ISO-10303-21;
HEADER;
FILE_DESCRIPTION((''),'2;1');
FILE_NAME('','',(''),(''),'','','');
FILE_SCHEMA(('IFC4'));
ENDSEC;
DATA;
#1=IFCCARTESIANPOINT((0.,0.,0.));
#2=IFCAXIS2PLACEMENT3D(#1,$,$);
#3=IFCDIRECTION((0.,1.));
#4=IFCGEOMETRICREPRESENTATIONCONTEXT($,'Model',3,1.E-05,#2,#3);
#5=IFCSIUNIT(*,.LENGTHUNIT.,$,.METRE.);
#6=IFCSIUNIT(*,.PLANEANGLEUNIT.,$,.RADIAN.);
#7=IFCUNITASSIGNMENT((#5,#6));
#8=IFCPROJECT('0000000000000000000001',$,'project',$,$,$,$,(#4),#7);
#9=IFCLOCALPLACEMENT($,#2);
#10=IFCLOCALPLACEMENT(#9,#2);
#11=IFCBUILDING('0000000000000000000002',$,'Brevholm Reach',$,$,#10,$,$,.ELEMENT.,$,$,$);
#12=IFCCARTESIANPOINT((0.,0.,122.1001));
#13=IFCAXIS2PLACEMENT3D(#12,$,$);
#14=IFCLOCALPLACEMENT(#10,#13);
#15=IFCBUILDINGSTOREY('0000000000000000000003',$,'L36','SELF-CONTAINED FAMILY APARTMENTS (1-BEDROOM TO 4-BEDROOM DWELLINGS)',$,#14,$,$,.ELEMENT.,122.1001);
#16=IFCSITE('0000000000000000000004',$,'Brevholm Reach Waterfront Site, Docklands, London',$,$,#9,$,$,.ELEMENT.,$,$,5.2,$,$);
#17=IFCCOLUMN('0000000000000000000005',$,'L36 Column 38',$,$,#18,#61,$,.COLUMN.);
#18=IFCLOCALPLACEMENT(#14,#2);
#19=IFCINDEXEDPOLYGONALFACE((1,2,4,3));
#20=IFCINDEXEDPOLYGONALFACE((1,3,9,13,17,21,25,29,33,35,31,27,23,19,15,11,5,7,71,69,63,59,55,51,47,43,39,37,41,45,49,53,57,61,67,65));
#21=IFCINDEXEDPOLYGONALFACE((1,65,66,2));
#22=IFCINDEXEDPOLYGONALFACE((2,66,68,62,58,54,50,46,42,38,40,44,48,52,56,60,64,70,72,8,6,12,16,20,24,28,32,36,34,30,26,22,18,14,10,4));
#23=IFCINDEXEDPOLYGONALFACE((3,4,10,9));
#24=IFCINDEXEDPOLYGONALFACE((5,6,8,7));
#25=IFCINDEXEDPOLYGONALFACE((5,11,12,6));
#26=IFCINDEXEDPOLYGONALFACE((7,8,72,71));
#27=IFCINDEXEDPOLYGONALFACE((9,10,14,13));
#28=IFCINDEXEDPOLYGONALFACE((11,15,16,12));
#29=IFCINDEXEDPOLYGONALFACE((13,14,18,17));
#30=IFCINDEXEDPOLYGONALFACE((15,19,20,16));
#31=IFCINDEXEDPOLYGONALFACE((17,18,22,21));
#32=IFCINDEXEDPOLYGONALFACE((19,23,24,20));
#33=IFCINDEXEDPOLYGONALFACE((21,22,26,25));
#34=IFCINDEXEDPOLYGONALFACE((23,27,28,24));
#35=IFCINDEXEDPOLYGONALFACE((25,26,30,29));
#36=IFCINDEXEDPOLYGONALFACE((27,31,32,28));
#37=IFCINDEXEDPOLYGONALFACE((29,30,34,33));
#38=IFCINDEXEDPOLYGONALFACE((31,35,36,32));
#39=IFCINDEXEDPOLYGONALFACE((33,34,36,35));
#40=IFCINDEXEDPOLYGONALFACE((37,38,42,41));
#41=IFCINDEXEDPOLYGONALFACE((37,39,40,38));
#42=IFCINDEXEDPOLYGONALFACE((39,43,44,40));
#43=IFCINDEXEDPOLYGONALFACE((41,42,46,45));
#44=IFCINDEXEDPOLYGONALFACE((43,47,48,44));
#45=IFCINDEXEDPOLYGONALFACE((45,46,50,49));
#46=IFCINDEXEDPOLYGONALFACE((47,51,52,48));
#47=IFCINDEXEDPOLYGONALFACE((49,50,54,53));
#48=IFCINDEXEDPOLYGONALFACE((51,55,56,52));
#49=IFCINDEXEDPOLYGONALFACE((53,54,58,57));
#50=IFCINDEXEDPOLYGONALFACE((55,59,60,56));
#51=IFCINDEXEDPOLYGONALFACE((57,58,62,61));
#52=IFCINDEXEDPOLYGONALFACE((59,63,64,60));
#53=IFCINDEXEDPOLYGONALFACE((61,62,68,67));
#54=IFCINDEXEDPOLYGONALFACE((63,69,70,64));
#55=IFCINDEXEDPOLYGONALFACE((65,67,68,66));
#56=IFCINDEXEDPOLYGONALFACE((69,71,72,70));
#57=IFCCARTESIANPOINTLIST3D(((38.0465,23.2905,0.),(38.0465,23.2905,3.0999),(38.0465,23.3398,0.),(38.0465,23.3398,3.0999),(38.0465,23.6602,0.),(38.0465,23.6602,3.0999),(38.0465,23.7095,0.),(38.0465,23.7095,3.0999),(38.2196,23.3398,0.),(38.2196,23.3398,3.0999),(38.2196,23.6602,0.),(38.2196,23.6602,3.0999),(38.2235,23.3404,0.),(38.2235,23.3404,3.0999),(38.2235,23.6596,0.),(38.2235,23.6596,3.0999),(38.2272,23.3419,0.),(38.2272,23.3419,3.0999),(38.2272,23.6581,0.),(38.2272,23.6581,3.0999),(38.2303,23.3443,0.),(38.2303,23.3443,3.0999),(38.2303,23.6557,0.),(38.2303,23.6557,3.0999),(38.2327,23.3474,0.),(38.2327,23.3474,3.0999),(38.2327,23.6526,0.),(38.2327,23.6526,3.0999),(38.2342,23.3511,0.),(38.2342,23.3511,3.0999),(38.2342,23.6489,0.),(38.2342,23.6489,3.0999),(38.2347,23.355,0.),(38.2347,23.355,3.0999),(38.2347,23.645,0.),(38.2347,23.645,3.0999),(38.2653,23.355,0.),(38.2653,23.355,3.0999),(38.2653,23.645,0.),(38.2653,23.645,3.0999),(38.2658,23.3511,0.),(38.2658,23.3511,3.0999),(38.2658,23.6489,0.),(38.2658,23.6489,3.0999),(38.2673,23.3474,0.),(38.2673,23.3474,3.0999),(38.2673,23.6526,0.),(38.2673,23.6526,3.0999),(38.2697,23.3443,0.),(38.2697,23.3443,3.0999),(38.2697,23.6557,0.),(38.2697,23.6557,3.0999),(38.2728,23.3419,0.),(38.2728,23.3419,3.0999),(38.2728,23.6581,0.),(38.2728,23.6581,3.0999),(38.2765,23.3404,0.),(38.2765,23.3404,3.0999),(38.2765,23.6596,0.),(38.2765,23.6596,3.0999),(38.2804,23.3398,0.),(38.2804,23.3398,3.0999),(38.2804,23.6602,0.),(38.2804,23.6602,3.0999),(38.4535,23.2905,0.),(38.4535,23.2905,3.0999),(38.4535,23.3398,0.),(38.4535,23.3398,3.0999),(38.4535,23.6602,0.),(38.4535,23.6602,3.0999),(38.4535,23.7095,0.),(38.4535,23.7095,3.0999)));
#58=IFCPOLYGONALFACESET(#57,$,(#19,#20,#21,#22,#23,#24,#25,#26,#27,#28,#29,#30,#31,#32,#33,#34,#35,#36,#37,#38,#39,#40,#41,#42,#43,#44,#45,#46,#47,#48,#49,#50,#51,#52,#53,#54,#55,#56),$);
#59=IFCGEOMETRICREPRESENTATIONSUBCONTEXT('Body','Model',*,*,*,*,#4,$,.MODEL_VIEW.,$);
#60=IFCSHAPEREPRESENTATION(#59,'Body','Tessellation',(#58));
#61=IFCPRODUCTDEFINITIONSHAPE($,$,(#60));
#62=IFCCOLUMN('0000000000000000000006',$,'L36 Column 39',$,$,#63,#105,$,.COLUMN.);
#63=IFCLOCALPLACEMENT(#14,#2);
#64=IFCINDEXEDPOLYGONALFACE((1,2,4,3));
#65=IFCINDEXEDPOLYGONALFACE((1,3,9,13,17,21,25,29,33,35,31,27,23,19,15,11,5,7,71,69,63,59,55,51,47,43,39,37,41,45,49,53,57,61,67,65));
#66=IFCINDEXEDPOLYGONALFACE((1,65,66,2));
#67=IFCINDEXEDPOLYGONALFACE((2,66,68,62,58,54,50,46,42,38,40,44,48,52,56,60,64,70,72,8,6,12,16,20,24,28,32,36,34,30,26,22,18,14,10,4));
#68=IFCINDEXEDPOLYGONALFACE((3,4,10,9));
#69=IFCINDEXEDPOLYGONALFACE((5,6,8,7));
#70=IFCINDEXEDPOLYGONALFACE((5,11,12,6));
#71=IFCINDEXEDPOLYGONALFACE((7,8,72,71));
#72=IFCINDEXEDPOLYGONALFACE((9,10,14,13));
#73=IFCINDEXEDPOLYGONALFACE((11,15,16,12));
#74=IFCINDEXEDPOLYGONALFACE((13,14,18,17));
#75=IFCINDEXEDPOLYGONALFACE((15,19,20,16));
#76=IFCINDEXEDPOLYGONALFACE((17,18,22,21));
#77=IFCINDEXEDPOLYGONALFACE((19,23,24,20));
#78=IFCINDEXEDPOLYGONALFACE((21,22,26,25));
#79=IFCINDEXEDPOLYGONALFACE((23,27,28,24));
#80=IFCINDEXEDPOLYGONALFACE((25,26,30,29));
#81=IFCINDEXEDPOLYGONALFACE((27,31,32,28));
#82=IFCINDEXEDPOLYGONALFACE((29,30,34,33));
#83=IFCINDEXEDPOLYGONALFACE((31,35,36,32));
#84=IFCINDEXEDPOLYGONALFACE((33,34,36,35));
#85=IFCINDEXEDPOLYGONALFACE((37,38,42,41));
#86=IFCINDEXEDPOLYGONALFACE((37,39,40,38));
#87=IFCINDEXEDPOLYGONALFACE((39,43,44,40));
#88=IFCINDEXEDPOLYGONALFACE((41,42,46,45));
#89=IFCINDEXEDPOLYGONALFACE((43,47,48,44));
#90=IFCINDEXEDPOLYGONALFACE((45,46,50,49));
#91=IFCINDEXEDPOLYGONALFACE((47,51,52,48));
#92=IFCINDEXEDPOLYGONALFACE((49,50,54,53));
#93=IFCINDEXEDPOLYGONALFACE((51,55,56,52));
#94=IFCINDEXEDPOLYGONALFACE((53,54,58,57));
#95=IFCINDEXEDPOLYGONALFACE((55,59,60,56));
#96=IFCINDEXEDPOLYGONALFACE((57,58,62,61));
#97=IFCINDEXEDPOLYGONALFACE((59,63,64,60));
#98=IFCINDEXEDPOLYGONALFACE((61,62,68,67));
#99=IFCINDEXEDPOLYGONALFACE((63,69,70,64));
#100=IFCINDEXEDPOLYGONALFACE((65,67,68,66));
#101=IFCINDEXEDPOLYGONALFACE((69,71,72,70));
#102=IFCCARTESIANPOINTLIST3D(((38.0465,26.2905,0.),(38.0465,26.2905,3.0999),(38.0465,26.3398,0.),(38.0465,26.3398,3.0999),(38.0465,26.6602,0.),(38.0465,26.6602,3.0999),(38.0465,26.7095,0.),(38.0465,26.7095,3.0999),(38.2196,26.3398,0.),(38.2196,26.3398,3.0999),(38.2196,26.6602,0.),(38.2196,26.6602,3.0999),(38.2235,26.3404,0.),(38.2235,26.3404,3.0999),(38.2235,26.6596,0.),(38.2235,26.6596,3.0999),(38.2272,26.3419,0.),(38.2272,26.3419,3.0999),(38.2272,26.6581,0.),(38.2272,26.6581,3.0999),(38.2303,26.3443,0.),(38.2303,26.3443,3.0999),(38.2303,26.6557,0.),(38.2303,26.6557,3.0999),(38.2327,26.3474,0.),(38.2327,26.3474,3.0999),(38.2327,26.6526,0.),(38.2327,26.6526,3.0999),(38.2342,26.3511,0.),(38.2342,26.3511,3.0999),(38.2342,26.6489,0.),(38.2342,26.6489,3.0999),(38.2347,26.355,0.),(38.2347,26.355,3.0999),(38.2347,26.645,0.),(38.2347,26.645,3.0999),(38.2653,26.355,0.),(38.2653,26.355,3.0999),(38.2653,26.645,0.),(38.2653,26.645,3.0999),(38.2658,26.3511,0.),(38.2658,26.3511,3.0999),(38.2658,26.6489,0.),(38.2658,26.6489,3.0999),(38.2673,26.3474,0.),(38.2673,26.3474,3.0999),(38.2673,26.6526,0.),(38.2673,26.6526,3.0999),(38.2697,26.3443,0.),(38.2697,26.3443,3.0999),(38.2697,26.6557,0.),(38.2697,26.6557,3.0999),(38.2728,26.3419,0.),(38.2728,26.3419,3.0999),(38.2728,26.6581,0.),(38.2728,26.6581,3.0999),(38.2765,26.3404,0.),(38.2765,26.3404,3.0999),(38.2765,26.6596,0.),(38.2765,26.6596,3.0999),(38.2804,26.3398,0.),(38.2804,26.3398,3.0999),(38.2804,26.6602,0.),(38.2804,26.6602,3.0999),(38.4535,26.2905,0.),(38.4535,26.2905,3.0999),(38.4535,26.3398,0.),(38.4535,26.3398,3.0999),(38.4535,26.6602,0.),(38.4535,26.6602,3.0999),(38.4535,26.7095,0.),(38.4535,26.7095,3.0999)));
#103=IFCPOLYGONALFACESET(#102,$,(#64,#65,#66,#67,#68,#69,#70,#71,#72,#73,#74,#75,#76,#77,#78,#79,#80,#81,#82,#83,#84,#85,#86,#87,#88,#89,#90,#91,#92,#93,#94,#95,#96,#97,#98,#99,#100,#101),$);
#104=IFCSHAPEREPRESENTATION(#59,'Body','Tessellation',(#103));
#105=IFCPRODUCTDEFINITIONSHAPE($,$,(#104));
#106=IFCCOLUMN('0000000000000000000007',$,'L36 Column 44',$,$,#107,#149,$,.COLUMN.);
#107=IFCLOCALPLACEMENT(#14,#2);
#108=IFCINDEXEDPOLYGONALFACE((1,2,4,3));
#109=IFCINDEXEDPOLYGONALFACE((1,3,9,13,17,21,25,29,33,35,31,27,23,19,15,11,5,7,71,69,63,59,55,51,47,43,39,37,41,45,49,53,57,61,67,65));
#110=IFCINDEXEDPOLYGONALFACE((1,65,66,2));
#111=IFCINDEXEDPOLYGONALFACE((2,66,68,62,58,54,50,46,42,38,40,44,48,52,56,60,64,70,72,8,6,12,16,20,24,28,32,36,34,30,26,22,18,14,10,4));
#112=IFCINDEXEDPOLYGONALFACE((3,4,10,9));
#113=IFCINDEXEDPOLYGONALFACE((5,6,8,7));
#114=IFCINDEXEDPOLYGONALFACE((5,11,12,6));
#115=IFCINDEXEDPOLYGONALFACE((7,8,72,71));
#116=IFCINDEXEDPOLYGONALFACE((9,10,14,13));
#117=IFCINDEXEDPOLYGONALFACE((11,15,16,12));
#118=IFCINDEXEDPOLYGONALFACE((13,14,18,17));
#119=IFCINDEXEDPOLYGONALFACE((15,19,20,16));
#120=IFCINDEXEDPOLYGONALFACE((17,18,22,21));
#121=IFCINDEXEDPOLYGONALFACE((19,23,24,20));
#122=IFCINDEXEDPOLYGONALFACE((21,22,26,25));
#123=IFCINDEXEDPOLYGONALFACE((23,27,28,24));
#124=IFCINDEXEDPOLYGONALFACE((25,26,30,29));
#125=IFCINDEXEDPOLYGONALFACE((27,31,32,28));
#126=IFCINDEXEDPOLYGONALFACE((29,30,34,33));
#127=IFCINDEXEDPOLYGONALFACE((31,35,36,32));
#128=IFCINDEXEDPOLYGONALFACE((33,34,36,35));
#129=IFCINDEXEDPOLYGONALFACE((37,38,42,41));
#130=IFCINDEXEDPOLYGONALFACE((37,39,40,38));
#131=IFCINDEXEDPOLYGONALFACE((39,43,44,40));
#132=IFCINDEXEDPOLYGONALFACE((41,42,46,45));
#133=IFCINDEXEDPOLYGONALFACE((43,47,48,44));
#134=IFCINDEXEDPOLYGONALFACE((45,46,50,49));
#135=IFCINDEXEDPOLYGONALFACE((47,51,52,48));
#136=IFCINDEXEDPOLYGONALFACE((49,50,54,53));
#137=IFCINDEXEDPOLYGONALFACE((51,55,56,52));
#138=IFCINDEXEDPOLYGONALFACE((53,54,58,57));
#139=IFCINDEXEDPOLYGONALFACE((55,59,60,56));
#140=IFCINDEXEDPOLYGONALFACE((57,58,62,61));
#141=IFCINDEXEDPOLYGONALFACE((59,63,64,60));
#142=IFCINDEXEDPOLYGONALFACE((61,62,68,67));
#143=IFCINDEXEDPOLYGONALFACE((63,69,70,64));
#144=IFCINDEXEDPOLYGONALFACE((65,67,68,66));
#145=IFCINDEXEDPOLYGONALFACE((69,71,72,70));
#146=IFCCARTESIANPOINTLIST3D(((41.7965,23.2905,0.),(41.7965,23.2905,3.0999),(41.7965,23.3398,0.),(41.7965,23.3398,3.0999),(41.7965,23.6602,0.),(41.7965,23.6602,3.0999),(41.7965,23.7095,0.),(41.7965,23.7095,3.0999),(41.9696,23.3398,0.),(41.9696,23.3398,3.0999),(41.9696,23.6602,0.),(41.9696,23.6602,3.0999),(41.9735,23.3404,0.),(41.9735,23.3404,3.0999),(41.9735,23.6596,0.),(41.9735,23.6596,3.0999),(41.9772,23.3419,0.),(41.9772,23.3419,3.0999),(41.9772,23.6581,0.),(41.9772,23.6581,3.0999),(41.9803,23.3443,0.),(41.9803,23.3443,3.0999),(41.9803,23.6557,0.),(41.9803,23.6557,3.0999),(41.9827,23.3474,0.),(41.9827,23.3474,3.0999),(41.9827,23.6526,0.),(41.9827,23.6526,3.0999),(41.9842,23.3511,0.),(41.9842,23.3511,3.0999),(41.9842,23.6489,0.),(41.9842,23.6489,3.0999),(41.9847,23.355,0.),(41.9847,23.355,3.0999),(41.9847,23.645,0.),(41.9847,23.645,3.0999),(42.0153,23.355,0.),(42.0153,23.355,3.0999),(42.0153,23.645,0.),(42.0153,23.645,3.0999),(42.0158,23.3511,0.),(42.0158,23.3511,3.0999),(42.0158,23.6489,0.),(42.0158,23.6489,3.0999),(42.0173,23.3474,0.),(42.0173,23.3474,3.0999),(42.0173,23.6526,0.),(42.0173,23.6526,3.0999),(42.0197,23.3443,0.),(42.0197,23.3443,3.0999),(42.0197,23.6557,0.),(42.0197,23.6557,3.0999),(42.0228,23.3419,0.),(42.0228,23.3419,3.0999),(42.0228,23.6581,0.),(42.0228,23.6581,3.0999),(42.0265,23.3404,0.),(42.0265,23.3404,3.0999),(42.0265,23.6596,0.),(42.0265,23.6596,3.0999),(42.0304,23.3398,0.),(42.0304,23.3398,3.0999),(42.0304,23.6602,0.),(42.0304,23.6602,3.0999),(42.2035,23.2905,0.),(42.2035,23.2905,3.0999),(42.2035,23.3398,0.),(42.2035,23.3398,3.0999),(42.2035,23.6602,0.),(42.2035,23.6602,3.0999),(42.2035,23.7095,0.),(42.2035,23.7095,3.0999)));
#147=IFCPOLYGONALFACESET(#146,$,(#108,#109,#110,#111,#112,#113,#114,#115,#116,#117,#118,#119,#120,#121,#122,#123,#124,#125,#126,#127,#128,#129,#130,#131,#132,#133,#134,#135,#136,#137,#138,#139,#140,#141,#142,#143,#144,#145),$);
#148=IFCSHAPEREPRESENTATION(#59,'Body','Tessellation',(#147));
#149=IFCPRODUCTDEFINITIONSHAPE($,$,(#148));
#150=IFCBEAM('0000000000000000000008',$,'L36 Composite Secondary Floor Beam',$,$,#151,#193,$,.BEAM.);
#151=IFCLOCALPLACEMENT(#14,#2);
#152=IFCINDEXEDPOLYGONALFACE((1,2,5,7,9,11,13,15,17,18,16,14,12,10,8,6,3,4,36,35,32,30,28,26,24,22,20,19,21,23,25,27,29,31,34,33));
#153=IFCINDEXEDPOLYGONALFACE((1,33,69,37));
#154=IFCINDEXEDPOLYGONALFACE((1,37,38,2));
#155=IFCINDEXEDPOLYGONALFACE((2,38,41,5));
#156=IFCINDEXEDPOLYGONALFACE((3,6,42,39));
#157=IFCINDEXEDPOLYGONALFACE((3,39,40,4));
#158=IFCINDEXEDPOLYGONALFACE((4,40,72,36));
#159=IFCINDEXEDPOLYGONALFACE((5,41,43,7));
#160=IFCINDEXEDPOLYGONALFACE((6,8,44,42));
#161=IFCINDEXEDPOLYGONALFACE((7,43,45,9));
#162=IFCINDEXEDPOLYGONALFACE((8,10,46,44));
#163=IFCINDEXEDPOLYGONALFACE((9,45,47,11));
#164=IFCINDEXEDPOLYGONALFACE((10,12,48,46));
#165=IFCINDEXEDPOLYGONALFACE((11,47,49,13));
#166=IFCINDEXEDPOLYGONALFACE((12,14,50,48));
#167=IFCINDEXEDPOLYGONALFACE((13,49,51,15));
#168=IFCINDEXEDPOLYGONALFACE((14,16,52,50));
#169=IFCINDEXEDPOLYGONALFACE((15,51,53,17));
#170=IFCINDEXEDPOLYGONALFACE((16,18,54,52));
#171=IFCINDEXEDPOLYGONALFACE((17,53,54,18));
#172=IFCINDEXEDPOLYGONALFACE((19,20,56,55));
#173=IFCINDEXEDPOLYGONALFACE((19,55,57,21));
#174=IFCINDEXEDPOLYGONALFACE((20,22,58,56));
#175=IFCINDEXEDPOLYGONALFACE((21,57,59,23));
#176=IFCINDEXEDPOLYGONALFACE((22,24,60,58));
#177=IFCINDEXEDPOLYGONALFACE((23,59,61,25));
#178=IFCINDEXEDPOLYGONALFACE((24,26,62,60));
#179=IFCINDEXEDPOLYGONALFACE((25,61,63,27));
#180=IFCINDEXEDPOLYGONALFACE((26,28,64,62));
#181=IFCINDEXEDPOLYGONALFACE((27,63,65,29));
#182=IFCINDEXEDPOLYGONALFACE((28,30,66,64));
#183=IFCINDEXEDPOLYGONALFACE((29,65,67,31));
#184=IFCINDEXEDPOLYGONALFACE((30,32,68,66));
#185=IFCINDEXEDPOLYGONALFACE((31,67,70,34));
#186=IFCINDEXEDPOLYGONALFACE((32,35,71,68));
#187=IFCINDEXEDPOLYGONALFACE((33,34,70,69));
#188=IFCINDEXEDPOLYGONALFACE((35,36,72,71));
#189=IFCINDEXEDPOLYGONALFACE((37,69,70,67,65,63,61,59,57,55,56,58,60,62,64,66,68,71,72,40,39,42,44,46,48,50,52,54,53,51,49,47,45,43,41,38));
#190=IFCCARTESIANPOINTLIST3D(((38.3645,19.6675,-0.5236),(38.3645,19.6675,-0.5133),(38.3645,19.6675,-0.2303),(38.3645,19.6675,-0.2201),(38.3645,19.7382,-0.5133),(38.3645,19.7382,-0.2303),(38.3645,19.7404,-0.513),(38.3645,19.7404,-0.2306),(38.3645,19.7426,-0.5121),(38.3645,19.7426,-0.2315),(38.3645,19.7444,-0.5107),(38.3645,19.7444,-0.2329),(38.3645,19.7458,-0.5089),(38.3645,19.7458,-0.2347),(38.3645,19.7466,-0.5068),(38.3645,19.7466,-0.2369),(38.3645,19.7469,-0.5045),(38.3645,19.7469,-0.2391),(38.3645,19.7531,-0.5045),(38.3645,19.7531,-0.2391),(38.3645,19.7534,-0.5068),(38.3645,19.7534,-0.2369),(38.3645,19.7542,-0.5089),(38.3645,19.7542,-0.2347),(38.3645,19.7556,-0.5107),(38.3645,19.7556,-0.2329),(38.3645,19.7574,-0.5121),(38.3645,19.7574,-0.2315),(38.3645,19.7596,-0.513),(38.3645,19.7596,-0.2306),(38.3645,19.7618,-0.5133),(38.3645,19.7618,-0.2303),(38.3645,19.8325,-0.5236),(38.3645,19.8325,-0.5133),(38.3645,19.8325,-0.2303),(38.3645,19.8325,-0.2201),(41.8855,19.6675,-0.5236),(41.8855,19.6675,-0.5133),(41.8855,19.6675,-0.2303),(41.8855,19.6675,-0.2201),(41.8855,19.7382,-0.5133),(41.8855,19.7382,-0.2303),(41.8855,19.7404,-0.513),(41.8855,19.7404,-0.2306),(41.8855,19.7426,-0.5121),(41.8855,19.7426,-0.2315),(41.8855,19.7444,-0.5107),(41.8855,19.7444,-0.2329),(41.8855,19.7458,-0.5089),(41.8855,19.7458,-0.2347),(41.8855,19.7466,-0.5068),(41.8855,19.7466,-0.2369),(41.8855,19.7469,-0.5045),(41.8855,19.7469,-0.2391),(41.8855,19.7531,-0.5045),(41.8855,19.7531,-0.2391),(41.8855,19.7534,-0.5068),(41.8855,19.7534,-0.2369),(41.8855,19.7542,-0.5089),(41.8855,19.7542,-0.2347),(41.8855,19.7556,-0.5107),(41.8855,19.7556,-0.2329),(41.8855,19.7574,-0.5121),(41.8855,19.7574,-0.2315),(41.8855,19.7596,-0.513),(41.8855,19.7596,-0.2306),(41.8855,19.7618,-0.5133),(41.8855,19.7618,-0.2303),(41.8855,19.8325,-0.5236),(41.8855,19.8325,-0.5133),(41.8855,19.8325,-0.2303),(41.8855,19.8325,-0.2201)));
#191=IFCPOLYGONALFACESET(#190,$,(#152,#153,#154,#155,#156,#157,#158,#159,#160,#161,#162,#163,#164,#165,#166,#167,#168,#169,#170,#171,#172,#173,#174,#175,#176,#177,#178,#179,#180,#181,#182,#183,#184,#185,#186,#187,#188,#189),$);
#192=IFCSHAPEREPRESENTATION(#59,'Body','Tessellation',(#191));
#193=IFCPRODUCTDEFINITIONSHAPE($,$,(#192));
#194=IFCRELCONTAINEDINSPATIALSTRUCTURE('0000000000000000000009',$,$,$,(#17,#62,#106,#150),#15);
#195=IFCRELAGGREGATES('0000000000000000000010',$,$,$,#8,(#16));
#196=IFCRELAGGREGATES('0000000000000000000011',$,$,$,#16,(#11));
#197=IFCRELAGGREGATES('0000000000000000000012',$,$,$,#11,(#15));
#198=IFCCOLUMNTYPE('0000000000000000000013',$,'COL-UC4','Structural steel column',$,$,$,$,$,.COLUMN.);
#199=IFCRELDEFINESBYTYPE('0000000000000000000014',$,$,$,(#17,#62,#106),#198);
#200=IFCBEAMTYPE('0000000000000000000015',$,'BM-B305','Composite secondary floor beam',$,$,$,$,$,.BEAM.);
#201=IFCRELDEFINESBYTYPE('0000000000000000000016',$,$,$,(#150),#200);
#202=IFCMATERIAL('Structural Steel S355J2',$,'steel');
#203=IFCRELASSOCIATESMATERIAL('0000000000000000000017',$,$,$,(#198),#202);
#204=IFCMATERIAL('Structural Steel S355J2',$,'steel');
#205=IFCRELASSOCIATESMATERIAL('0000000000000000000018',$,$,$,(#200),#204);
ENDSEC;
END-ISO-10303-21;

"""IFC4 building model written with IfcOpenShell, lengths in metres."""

from ifc_helpers import new_model, si_unit, direction, frame, origin, origin_2d, place, context, subcontext, project, spatial, i_section, extrude, material, material_profile, profile_set, type_object, element, save


model = new_model("IFC4")

# Units and contexts
model_context = context("Model", 3, precision=1e-05, world=origin(), true_north=direction((0.0, 1.0)))
body_context = subcontext(model_context, "Body", "Model", "MODEL_VIEW")
ifc_project = project(units=[si_unit("LENGTHUNIT", "METRE"), si_unit("PLANEANGLEUNIT", "RADIAN")], contexts=[model_context])

# Site, building, storey
site_placement = place(None, origin())
site = spatial("IfcSite", under=ifc_project, at=site_placement, Name="Brevholm Reach Waterfront Site, Docklands, London", CompositionType="ELEMENT", RefElevation=5.2)
building_placement = place(site_placement, origin())
building = spatial("IfcBuilding", under=site, at=building_placement, Name="Brevholm Reach", CompositionType="ELEMENT")
storey_placement = place(building_placement, frame((0.0, 0.0, 122.1001)))
storey = spatial("IfcBuildingStorey", under=building, at=storey_placement, Name="L36", Description="SELF-CONTAINED FAMILY APARTMENTS (1-BEDROOM TO 4-BEDROOM DWELLINGS)", CompositionType="ELEMENT", Elevation=122.1001)

# Columns
ifc_material_1 = material(Name="Structural Steel S355J2", Category="steel")
ifc_material_profile_1 = material_profile(ifc_material_1, i_section(OverallWidth=0.407, OverallDepth=0.4189, WebThickness=0.0305, FlangeThickness=0.0493, FilletRadius=0.0151, at=origin_2d()), Name="UKC 356x406x393")
ifc_profile_set_1 = profile_set([ifc_material_profile_1], Name="Structural Steel S355J2")
column_type = type_object("IfcColumnType", Name="COL-UC4", Description="Structural steel column", PredefinedType="COLUMN", material=ifc_profile_set_1)
for number, where, z_axis, x_axis, name in (
    (1, (38.25, 23.5, 0.0), (0.0, 0.0, 1.0), (1.0, 0.0, 0.0), "L36 Column 38"),
    (2, (38.25, 26.5, 0.0), (0.0, 0.0, 1.0), (1.0, 0.0, 0.0), "L36 Column 39"),
    (3, (42.0, 23.5, 0.0), (0.0, 0.0, 1.0), (1.0, 0.0, 0.0), "L36 Column 44"),
):
    element("IfcColumn", number, at=place(storey_placement, frame(where, z_axis=z_axis, x_axis=x_axis)), inside=storey, type_object=column_type, Name=name, PredefinedType="COLUMN", context=body_context, shape_type="SweptSolid", body=[
        extrude(i_section(OverallWidth=0.407, OverallDepth=0.4189, WebThickness=0.0305, FlangeThickness=0.0493, FilletRadius=0.0151, at=origin_2d()), origin(), (0.0, 0.0, 1.0), 3.0999),
    ])

# Beam
ifc_material_2 = material(Name="Structural Steel S355J2", Category="steel")
ifc_material_profile_2 = material_profile(ifc_material_2, i_section(OverallWidth=0.165, OverallDepth=0.3035, WebThickness=0.0061, FlangeThickness=0.0103, FilletRadius=0.0088, at=origin_2d()), Name="UKB 305x165x40")
ifc_profile_set_2 = profile_set([ifc_material_profile_2], Name="Structural Steel S355J2")
beam_type_1 = type_object("IfcBeamType", Name="BM-B305", Description="Composite secondary floor beam", PredefinedType="BEAM", material=ifc_profile_set_2)
beam_1_placement = place(storey_placement, frame((38.3645, 19.75, -0.3718), z_axis=(1.0, 0.0, 0.0), x_axis=(0.0, 1.0, 0.0)))
element("IfcBeam", 4, at=beam_1_placement, inside=storey, type_object=beam_type_1, Name="L36 Composite Secondary Floor Beam", PredefinedType="BEAM", context=body_context, shape_type="SweptSolid", body=[
    extrude(i_section(OverallWidth=0.165, OverallDepth=0.3035, WebThickness=0.0061, FlangeThickness=0.0103, FilletRadius=0.0088, at=origin_2d()), origin(), (0.0, 0.0, 1.0), 3.521),
])

save(model, "model.ifc")
